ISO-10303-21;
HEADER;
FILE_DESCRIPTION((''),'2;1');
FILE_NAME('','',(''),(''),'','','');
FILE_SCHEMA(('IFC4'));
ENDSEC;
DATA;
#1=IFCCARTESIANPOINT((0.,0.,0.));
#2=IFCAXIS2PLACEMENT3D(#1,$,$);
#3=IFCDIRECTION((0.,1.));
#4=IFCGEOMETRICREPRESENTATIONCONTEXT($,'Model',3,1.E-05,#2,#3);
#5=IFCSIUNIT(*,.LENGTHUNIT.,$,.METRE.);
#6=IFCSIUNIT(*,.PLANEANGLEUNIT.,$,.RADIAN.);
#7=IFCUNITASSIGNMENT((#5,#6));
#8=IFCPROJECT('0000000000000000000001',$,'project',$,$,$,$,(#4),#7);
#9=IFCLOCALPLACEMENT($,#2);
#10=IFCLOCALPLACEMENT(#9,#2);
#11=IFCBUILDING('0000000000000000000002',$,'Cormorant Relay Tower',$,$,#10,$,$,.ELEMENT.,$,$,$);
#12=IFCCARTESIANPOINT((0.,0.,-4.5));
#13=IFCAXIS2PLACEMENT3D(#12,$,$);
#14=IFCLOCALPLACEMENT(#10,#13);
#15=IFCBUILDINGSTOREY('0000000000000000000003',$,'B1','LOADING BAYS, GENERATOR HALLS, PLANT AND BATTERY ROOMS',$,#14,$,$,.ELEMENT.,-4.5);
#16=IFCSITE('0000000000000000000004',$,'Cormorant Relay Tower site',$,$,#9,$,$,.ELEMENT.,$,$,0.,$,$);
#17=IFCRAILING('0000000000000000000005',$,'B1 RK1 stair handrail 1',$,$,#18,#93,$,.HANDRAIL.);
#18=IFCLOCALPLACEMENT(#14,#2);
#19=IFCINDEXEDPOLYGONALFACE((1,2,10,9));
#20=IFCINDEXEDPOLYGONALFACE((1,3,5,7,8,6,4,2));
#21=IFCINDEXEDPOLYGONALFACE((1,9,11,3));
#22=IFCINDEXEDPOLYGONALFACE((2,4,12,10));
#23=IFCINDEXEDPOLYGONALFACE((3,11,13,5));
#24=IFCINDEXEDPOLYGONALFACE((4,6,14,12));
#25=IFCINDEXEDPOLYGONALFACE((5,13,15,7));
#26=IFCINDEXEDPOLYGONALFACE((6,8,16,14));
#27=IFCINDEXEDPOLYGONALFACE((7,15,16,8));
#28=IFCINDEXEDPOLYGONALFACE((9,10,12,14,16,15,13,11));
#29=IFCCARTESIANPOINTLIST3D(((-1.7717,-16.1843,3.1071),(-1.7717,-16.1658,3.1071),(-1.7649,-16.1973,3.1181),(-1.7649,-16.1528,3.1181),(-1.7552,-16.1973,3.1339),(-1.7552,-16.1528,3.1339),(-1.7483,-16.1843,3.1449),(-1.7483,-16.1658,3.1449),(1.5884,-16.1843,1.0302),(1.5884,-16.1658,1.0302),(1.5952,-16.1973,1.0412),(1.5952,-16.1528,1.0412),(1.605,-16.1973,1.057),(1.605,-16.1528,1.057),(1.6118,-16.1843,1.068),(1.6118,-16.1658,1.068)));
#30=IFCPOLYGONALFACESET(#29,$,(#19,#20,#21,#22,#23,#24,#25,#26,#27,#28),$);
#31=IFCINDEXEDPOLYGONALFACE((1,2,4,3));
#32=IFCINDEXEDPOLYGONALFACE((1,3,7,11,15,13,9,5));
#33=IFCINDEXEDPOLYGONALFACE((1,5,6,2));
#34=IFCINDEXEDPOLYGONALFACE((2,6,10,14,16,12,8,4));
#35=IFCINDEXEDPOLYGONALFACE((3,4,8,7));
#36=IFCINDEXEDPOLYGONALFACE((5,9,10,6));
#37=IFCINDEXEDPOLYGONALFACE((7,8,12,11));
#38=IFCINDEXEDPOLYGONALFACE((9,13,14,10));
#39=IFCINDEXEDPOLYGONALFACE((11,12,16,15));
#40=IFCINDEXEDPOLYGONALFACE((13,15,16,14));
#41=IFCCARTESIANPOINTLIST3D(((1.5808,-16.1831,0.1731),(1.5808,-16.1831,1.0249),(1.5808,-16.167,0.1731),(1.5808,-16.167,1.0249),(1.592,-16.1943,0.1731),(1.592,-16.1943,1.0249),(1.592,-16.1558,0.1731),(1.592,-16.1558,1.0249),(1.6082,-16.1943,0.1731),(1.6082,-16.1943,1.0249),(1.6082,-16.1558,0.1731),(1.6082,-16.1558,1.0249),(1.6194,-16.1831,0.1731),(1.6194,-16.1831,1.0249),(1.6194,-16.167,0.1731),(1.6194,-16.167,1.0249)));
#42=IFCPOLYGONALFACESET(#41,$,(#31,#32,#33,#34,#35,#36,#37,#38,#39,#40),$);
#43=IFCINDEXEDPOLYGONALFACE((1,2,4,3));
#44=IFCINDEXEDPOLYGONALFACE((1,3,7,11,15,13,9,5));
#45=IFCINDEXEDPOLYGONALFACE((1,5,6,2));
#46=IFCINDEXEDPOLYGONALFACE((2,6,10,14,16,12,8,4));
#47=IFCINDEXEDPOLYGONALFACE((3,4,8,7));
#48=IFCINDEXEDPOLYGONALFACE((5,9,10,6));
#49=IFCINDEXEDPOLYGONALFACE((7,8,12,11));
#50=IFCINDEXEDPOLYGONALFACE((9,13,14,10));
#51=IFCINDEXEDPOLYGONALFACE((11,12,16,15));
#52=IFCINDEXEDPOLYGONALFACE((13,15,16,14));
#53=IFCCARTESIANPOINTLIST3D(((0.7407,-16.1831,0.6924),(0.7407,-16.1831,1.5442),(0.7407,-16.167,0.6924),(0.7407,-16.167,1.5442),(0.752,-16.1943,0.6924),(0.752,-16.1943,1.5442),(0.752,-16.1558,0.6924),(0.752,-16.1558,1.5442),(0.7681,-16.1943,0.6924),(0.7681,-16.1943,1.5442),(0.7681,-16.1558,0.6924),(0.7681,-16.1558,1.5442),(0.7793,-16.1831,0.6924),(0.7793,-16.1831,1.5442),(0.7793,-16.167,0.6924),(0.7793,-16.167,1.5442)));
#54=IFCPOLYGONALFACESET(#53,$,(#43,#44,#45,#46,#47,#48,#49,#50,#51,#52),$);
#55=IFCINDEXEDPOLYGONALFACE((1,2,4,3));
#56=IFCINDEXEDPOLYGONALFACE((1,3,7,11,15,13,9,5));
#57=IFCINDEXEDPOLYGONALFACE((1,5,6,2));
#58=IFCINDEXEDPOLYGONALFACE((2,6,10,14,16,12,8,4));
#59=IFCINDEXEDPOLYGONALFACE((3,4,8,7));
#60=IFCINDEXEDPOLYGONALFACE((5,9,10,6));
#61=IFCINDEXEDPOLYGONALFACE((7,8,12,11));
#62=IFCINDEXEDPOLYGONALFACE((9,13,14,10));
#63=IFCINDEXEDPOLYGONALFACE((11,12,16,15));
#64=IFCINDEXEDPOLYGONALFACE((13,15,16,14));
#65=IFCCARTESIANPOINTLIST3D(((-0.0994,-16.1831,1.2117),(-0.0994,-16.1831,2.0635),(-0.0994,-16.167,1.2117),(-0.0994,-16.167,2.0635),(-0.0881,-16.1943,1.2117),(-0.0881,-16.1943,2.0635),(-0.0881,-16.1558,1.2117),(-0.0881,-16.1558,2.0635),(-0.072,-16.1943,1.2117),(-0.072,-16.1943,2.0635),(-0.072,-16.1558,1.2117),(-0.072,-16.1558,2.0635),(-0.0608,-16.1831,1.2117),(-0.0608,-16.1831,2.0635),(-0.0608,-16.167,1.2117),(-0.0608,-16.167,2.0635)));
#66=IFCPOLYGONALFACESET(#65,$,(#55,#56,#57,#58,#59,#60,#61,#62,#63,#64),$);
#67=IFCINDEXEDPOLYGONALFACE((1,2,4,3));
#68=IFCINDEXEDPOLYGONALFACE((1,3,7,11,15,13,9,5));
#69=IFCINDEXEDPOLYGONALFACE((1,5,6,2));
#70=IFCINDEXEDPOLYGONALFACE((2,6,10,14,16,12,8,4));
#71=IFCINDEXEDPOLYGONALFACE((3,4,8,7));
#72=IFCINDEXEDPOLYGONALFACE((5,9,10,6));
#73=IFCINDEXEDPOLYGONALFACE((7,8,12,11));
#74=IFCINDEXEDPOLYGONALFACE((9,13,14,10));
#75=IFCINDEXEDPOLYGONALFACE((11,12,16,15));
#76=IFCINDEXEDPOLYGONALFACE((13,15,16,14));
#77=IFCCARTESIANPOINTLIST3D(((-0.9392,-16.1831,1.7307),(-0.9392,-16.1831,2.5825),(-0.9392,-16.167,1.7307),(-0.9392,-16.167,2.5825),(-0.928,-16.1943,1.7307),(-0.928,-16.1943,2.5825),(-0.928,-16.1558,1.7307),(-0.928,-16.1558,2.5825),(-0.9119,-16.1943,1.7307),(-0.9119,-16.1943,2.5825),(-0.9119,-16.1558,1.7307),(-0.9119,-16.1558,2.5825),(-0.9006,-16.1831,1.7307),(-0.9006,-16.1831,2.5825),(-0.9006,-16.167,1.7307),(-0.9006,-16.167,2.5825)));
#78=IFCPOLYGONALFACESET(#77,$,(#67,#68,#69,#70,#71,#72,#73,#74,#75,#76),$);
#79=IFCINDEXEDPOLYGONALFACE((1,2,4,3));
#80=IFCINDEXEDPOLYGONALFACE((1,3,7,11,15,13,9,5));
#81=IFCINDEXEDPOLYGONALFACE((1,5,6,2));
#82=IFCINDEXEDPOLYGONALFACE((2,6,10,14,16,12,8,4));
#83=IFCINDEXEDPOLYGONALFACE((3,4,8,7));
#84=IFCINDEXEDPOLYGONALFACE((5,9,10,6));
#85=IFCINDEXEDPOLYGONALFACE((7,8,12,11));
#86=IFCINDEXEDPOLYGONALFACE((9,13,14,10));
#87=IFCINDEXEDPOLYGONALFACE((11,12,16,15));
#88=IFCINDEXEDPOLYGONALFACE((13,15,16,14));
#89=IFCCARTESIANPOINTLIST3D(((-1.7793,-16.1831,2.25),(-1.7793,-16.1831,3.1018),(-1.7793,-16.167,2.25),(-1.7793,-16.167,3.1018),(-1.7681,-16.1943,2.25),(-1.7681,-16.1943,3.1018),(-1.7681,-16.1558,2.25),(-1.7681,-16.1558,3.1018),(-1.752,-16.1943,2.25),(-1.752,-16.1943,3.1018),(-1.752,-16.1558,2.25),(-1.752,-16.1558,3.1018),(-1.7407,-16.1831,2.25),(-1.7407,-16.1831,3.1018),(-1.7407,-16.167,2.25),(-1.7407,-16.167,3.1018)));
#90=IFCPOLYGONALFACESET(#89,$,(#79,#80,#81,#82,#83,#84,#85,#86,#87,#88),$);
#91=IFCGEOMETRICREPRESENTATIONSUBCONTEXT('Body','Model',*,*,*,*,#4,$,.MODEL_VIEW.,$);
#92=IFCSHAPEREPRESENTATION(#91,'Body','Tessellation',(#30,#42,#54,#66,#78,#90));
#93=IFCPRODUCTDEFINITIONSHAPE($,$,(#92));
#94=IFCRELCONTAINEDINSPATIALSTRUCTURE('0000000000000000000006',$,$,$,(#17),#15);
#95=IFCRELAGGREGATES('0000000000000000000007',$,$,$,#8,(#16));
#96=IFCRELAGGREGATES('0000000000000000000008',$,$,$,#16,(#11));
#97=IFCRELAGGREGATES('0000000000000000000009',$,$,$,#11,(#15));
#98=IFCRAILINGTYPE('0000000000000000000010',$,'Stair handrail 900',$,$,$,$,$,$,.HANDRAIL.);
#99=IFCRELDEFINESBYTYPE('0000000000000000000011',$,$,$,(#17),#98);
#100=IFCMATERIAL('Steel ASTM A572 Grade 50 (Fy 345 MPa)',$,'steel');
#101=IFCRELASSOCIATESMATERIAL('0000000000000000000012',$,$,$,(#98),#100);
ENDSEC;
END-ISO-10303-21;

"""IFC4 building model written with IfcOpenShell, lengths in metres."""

from ifc_helpers import new_model, si_unit, direction, frame, origin, place, context, subcontext, project, spatial, polyline, outline, extrude, material, type_object, element, save


model = new_model("IFC4")

# Units and contexts
model_context = context("Model", 3, precision=1e-05, world=origin(), true_north=direction((0.0, 1.0)))
body_context = subcontext(model_context, "Body", "Model", "MODEL_VIEW")
ifc_project = project(units=[si_unit("LENGTHUNIT", "METRE"), si_unit("PLANEANGLEUNIT", "RADIAN")], contexts=[model_context])

# Site, building, storey
site_placement = place(None, origin())
site = spatial("IfcSite", under=ifc_project, at=site_placement, Name="Cormorant Relay Tower site", CompositionType="ELEMENT", RefElevation=0.0)
building_placement = place(site_placement, origin())
building = spatial("IfcBuilding", under=site, at=building_placement, Name="Cormorant Relay Tower", CompositionType="ELEMENT")
storey_placement = place(building_placement, frame((0.0, 0.0, -4.5)))
storey = spatial("IfcBuildingStorey", under=building, at=storey_placement, Name="B1", Description="LOADING BAYS, GENERATOR HALLS, PLANT AND BATTERY ROOMS", CompositionType="ELEMENT", Elevation=-4.5)

# Railing
ifc_material_1 = material(Name="Steel ASTM A572 Grade 50 (Fy 345 MPa)", Category="steel")
railing_type_1 = type_object("IfcRailingType", Name="Stair handrail 900", PredefinedType="HANDRAIL", material=ifc_material_1)
railing_1_placement = place(storey_placement, frame((1.6001, -16.175, 0.1731)))
element("IfcRailing", 1, at=railing_1_placement, inside=storey, type_object=railing_type_1, Name="B1 RK1 stair handrail 1", PredefinedType="HANDRAIL", context=body_context, shape_type="SweptSolid", body=[
    extrude(outline(polyline([(0.0222, 0.0093), (0.0093, 0.0222), (-0.0093, 0.0222), (-0.0222, 0.0093), (-0.0222, -0.0093), (-0.0093, -0.0222), (0.0093, -0.0222), (0.0222, -0.0093), (0.0222, 0.0093)])), frame((0.0, 0.0, 0.876), z_axis=(-0.850623, 0.0, 0.525776), x_axis=(0.0, -1.0, 0.0)), (0.0, 0.0, 1.0), 3.9502),
    extrude(outline(polyline([(0.0193, 0.0081), (0.0081, 0.0193), (-0.0081, 0.0193), (-0.0193, 0.0081), (-0.0193, -0.0081), (-0.0081, -0.0193), (0.0081, -0.0193), (0.0193, -0.0081), (0.0193, 0.0081)])), origin(), (0.0, 0.0, 1.0), 0.8518),
    extrude(outline(polyline([(0.0193, 0.0081), (0.0081, 0.0193), (-0.0081, 0.0193), (-0.0193, 0.0081), (-0.0193, -0.0081), (-0.0081, -0.0193), (0.0081, -0.0193), (0.0193, -0.0081), (0.0193, 0.0081)])), frame((-0.8401, 0.0, 0.5193)), (0.0, 0.0, 1.0), 0.8518),
    extrude(outline(polyline([(0.0193, 0.0081), (0.0081, 0.0193), (-0.0081, 0.0193), (-0.0193, 0.0081), (-0.0193, -0.0081), (-0.0081, -0.0193), (0.0081, -0.0193), (0.0193, -0.0081), (0.0193, 0.0081)])), frame((-1.6802, 0.0, 1.0386)), (0.0, 0.0, 1.0), 0.8518),
    extrude(outline(polyline([(0.0193, 0.0081), (0.0081, 0.0193), (-0.0081, 0.0193), (-0.0193, 0.0081), (-0.0193, -0.0081), (-0.0081, -0.0193), (0.0081, -0.0193), (0.0193, -0.0081), (0.0193, 0.0081)])), frame((-2.52, 0.0, 1.5576)), (0.0, 0.0, 1.0), 0.8518),
    extrude(outline(polyline([(0.0193, 0.0081), (0.0081, 0.0193), (-0.0081, 0.0193), (-0.0193, 0.0081), (-0.0193, -0.0081), (-0.0081, -0.0193), (0.0081, -0.0193), (0.0193, -0.0081), (0.0193, 0.0081)])), frame((-3.3601, 0.0, 2.0769)), (0.0, 0.0, 1.0), 0.8518),
])

save(model, "model.ifc")
